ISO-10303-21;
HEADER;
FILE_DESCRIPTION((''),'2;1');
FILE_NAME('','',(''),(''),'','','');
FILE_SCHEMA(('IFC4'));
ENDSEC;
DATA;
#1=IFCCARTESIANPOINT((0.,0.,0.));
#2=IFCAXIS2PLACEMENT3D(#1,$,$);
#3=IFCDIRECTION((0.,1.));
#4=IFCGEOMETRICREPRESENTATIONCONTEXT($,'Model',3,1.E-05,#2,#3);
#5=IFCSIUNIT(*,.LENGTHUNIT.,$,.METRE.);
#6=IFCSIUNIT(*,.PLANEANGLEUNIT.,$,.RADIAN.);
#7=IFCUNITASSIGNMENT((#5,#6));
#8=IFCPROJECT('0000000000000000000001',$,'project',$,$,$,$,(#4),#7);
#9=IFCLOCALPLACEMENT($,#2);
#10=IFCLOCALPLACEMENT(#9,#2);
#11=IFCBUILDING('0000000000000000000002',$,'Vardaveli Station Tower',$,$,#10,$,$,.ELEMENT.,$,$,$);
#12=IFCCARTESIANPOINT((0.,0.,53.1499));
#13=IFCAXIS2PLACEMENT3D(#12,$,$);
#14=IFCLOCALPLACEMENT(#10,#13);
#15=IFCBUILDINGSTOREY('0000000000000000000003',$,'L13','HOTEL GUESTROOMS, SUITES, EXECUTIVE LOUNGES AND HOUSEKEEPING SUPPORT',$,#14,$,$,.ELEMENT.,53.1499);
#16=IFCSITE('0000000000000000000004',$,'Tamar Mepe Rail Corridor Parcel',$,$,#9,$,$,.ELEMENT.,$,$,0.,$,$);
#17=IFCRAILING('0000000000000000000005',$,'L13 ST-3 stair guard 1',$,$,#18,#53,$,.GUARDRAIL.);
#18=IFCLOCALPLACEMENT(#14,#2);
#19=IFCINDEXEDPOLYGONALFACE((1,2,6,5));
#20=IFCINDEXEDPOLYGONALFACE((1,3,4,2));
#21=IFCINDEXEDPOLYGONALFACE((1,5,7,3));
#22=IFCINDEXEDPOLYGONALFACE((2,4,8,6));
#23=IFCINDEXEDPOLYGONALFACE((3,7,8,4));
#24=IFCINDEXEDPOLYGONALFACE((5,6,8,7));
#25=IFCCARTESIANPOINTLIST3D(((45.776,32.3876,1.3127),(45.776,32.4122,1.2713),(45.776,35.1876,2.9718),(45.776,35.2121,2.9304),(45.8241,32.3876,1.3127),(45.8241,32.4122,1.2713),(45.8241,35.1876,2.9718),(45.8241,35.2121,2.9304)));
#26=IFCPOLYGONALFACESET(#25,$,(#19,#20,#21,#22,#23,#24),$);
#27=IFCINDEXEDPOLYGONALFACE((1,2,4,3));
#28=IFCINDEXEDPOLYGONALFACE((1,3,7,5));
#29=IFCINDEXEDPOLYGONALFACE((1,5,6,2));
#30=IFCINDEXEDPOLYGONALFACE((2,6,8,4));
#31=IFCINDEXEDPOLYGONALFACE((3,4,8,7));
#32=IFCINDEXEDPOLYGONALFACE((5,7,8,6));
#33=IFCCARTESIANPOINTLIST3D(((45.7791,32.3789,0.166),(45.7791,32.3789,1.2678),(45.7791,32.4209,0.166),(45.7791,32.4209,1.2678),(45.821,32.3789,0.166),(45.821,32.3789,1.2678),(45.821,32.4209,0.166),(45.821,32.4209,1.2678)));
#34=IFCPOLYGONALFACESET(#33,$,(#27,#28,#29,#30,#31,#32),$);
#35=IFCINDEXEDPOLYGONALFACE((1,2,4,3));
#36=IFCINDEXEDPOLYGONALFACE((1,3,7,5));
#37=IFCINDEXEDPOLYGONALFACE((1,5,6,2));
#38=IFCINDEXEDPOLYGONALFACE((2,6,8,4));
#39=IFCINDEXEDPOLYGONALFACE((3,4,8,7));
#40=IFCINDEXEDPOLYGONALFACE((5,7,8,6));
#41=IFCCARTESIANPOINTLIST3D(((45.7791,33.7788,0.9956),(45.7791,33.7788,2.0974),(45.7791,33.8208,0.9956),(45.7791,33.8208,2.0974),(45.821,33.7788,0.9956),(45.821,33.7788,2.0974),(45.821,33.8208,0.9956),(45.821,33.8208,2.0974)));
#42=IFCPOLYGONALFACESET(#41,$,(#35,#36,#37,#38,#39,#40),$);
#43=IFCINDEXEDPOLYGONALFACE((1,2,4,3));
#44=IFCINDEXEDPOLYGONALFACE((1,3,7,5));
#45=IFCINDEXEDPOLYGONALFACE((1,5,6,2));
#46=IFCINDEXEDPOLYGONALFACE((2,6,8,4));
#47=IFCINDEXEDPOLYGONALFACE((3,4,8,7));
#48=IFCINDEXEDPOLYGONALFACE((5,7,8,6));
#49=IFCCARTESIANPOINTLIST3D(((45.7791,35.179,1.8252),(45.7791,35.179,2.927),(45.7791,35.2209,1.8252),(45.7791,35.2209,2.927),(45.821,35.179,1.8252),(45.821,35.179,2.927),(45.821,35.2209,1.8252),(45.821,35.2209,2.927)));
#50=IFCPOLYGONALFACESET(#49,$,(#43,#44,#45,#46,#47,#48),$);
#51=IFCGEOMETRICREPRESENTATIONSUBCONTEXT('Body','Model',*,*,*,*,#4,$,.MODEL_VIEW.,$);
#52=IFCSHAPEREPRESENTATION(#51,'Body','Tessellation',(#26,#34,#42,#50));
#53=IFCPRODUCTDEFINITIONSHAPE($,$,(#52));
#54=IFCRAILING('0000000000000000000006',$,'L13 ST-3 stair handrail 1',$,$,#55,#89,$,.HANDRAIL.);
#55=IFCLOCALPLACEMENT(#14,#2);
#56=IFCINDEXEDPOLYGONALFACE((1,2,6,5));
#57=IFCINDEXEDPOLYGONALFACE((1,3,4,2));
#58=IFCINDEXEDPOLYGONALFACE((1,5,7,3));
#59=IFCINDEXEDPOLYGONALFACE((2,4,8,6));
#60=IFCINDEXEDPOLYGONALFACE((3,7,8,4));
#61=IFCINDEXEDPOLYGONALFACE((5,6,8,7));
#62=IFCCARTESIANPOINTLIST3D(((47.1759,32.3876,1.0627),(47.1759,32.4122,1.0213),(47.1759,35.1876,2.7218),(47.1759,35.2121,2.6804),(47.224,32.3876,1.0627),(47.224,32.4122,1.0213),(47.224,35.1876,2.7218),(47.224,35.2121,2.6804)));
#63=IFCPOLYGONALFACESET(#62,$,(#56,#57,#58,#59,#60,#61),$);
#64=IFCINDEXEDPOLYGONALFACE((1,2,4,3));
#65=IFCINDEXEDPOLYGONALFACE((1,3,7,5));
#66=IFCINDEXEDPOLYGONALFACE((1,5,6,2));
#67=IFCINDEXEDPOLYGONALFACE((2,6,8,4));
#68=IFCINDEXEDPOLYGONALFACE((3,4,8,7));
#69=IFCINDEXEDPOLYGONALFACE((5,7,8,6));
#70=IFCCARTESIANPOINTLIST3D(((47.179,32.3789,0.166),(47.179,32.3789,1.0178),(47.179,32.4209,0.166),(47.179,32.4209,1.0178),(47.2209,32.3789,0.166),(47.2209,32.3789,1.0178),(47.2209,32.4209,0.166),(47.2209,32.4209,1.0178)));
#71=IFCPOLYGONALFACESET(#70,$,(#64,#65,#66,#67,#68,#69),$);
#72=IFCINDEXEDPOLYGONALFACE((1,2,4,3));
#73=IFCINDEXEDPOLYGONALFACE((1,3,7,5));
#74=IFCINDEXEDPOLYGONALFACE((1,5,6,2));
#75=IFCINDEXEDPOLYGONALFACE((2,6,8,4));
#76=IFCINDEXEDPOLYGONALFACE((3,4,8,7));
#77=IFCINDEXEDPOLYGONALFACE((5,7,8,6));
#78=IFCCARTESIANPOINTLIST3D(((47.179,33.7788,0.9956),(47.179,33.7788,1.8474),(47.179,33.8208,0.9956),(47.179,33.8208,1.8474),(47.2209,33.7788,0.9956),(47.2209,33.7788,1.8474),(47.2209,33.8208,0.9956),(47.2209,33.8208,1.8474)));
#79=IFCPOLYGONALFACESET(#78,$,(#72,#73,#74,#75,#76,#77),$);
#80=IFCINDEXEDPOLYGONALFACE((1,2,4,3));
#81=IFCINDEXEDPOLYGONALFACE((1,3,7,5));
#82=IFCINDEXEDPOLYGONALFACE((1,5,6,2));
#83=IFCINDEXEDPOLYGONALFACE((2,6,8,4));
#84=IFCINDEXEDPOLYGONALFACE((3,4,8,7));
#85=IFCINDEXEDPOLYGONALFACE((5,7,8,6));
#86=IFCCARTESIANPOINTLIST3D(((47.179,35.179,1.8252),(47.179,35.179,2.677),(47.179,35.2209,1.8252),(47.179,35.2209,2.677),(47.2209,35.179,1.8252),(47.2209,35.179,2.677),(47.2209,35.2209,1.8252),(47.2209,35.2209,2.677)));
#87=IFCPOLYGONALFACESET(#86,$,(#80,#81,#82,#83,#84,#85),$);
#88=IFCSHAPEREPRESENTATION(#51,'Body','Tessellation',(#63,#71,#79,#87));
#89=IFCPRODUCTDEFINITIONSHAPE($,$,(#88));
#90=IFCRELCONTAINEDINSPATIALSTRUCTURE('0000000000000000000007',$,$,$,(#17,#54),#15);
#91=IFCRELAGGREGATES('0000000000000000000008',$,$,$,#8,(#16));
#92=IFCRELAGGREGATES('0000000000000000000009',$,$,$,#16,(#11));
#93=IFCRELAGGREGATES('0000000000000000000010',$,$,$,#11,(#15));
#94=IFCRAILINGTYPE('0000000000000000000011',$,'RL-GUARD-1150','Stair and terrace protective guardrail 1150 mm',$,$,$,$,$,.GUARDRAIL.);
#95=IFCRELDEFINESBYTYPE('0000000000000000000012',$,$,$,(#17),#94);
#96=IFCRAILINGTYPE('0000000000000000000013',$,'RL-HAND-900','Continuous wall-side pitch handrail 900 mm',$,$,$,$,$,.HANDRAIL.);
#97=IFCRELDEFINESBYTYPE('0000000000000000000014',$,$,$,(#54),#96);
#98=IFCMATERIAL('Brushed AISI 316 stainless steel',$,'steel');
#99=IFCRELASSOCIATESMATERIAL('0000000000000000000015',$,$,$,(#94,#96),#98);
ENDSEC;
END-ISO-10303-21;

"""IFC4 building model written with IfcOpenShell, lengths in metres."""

from ifc_helpers import new_model, si_unit, direction, frame, origin, origin_2d, place, context, subcontext, project, spatial, rectangle, extrude, source, transform, mapped, material, type_object, element, save


model = new_model("IFC4")

# Units and contexts
model_context = context("Model", 3, precision=1e-05, world=origin(), true_north=direction((0.0, 1.0)))
body_context = subcontext(model_context, "Body", "Model", "MODEL_VIEW")
ifc_project = project(units=[si_unit("LENGTHUNIT", "METRE"), si_unit("PLANEANGLEUNIT", "RADIAN")], contexts=[model_context])

# Site, building, storey
site_placement = place(None, origin())
site = spatial("IfcSite", under=ifc_project, at=site_placement, Name="Tamar Mepe Rail Corridor Parcel", CompositionType="ELEMENT", RefElevation=0.0)
building_placement = place(site_placement, origin())
building = spatial("IfcBuilding", under=site, at=building_placement, Name="Vardaveli Station Tower", CompositionType="ELEMENT")
storey_placement = place(building_placement, frame((0.0, 0.0, 53.1499)))
storey = spatial("IfcBuildingStorey", under=building, at=storey_placement, Name="L13", Description="HOTEL GUESTROOMS, SUITES, EXECUTIVE LOUNGES AND HOUSEKEEPING SUPPORT", CompositionType="ELEMENT", Elevation=53.1499)

# Railings
ifc_material_1 = material(Name="Brushed AISI 316 stainless steel", Category="steel")
railing_type_1 = type_object("IfcRailingType", Name="RL-GUARD-1150", Description="Stair and terrace protective guardrail 1150 mm", PredefinedType="GUARDRAIL", material=ifc_material_1)
shared_shape_1 = source(origin(), body_context, "Body", "SweptSolid", [
    extrude(rectangle(XDim=0.0481, YDim=0.0481, at=origin_2d()), frame((0.0, 0.0, 1.126), z_axis=(0.0, 0.860306, 0.509778), x_axis=(-1.0, 0.0, 0.0)), (0.0, 0.0, 1.0), 3.2546),
    extrude(rectangle(XDim=0.042, YDim=0.042, at=origin_2d()), origin(), (0.0, 0.0, 1.0), 1.1018),
    extrude(rectangle(XDim=0.042, YDim=0.042, at=origin_2d()), frame((0.0, 1.3999, 0.8296)), (0.0, 0.0, 1.0), 1.1018),
    extrude(rectangle(XDim=0.042, YDim=0.042, at=origin_2d()), frame((0.0, 2.8, 1.6592)), (0.0, 0.0, 1.0), 1.1018),
])
railing_1_placement = place(storey_placement, frame((45.8, 32.3999, 0.166)))
element("IfcRailing", 1, at=railing_1_placement, inside=storey, type_object=railing_type_1, Name="L13 ST-3 stair guard 1", PredefinedType="GUARDRAIL", context=body_context, shape_type="MappedRepresentation", body=[
    mapped(shared_shape_1, transform((0.0, 0.0, 0.0), scale=1.0)),
])
railing_type_2 = type_object("IfcRailingType", Name="RL-HAND-900", Description="Continuous wall-side pitch handrail 900 mm", PredefinedType="HANDRAIL", material=ifc_material_1)
shared_shape_2 = source(origin(), body_context, "Body", "SweptSolid", [
    extrude(rectangle(XDim=0.0481, YDim=0.0481, at=origin_2d()), frame((0.0, 0.0, 0.876), z_axis=(0.0, 0.860306, 0.509778), x_axis=(-1.0, 0.0, 0.0)), (0.0, 0.0, 1.0), 3.2546),
    extrude(rectangle(XDim=0.042, YDim=0.042, at=origin_2d()), origin(), (0.0, 0.0, 1.0), 0.8518),
    extrude(rectangle(XDim=0.042, YDim=0.042, at=origin_2d()), frame((0.0, 1.3999, 0.8296)), (0.0, 0.0, 1.0), 0.8518),
    extrude(rectangle(XDim=0.042, YDim=0.042, at=origin_2d()), frame((0.0, 2.8, 1.6592)), (0.0, 0.0, 1.0), 0.8518),
])
railing_2_placement = place(storey_placement, frame((47.2, 32.3999, 0.166)))
element("IfcRailing", 2, at=railing_2_placement, inside=storey, type_object=railing_type_2, Name="L13 ST-3 stair handrail 1", PredefinedType="HANDRAIL", context=body_context, shape_type="MappedRepresentation", body=[
    mapped(shared_shape_2, transform((0.0, 0.0, 0.0), scale=1.0)),
])

save(model, "model.ifc")
